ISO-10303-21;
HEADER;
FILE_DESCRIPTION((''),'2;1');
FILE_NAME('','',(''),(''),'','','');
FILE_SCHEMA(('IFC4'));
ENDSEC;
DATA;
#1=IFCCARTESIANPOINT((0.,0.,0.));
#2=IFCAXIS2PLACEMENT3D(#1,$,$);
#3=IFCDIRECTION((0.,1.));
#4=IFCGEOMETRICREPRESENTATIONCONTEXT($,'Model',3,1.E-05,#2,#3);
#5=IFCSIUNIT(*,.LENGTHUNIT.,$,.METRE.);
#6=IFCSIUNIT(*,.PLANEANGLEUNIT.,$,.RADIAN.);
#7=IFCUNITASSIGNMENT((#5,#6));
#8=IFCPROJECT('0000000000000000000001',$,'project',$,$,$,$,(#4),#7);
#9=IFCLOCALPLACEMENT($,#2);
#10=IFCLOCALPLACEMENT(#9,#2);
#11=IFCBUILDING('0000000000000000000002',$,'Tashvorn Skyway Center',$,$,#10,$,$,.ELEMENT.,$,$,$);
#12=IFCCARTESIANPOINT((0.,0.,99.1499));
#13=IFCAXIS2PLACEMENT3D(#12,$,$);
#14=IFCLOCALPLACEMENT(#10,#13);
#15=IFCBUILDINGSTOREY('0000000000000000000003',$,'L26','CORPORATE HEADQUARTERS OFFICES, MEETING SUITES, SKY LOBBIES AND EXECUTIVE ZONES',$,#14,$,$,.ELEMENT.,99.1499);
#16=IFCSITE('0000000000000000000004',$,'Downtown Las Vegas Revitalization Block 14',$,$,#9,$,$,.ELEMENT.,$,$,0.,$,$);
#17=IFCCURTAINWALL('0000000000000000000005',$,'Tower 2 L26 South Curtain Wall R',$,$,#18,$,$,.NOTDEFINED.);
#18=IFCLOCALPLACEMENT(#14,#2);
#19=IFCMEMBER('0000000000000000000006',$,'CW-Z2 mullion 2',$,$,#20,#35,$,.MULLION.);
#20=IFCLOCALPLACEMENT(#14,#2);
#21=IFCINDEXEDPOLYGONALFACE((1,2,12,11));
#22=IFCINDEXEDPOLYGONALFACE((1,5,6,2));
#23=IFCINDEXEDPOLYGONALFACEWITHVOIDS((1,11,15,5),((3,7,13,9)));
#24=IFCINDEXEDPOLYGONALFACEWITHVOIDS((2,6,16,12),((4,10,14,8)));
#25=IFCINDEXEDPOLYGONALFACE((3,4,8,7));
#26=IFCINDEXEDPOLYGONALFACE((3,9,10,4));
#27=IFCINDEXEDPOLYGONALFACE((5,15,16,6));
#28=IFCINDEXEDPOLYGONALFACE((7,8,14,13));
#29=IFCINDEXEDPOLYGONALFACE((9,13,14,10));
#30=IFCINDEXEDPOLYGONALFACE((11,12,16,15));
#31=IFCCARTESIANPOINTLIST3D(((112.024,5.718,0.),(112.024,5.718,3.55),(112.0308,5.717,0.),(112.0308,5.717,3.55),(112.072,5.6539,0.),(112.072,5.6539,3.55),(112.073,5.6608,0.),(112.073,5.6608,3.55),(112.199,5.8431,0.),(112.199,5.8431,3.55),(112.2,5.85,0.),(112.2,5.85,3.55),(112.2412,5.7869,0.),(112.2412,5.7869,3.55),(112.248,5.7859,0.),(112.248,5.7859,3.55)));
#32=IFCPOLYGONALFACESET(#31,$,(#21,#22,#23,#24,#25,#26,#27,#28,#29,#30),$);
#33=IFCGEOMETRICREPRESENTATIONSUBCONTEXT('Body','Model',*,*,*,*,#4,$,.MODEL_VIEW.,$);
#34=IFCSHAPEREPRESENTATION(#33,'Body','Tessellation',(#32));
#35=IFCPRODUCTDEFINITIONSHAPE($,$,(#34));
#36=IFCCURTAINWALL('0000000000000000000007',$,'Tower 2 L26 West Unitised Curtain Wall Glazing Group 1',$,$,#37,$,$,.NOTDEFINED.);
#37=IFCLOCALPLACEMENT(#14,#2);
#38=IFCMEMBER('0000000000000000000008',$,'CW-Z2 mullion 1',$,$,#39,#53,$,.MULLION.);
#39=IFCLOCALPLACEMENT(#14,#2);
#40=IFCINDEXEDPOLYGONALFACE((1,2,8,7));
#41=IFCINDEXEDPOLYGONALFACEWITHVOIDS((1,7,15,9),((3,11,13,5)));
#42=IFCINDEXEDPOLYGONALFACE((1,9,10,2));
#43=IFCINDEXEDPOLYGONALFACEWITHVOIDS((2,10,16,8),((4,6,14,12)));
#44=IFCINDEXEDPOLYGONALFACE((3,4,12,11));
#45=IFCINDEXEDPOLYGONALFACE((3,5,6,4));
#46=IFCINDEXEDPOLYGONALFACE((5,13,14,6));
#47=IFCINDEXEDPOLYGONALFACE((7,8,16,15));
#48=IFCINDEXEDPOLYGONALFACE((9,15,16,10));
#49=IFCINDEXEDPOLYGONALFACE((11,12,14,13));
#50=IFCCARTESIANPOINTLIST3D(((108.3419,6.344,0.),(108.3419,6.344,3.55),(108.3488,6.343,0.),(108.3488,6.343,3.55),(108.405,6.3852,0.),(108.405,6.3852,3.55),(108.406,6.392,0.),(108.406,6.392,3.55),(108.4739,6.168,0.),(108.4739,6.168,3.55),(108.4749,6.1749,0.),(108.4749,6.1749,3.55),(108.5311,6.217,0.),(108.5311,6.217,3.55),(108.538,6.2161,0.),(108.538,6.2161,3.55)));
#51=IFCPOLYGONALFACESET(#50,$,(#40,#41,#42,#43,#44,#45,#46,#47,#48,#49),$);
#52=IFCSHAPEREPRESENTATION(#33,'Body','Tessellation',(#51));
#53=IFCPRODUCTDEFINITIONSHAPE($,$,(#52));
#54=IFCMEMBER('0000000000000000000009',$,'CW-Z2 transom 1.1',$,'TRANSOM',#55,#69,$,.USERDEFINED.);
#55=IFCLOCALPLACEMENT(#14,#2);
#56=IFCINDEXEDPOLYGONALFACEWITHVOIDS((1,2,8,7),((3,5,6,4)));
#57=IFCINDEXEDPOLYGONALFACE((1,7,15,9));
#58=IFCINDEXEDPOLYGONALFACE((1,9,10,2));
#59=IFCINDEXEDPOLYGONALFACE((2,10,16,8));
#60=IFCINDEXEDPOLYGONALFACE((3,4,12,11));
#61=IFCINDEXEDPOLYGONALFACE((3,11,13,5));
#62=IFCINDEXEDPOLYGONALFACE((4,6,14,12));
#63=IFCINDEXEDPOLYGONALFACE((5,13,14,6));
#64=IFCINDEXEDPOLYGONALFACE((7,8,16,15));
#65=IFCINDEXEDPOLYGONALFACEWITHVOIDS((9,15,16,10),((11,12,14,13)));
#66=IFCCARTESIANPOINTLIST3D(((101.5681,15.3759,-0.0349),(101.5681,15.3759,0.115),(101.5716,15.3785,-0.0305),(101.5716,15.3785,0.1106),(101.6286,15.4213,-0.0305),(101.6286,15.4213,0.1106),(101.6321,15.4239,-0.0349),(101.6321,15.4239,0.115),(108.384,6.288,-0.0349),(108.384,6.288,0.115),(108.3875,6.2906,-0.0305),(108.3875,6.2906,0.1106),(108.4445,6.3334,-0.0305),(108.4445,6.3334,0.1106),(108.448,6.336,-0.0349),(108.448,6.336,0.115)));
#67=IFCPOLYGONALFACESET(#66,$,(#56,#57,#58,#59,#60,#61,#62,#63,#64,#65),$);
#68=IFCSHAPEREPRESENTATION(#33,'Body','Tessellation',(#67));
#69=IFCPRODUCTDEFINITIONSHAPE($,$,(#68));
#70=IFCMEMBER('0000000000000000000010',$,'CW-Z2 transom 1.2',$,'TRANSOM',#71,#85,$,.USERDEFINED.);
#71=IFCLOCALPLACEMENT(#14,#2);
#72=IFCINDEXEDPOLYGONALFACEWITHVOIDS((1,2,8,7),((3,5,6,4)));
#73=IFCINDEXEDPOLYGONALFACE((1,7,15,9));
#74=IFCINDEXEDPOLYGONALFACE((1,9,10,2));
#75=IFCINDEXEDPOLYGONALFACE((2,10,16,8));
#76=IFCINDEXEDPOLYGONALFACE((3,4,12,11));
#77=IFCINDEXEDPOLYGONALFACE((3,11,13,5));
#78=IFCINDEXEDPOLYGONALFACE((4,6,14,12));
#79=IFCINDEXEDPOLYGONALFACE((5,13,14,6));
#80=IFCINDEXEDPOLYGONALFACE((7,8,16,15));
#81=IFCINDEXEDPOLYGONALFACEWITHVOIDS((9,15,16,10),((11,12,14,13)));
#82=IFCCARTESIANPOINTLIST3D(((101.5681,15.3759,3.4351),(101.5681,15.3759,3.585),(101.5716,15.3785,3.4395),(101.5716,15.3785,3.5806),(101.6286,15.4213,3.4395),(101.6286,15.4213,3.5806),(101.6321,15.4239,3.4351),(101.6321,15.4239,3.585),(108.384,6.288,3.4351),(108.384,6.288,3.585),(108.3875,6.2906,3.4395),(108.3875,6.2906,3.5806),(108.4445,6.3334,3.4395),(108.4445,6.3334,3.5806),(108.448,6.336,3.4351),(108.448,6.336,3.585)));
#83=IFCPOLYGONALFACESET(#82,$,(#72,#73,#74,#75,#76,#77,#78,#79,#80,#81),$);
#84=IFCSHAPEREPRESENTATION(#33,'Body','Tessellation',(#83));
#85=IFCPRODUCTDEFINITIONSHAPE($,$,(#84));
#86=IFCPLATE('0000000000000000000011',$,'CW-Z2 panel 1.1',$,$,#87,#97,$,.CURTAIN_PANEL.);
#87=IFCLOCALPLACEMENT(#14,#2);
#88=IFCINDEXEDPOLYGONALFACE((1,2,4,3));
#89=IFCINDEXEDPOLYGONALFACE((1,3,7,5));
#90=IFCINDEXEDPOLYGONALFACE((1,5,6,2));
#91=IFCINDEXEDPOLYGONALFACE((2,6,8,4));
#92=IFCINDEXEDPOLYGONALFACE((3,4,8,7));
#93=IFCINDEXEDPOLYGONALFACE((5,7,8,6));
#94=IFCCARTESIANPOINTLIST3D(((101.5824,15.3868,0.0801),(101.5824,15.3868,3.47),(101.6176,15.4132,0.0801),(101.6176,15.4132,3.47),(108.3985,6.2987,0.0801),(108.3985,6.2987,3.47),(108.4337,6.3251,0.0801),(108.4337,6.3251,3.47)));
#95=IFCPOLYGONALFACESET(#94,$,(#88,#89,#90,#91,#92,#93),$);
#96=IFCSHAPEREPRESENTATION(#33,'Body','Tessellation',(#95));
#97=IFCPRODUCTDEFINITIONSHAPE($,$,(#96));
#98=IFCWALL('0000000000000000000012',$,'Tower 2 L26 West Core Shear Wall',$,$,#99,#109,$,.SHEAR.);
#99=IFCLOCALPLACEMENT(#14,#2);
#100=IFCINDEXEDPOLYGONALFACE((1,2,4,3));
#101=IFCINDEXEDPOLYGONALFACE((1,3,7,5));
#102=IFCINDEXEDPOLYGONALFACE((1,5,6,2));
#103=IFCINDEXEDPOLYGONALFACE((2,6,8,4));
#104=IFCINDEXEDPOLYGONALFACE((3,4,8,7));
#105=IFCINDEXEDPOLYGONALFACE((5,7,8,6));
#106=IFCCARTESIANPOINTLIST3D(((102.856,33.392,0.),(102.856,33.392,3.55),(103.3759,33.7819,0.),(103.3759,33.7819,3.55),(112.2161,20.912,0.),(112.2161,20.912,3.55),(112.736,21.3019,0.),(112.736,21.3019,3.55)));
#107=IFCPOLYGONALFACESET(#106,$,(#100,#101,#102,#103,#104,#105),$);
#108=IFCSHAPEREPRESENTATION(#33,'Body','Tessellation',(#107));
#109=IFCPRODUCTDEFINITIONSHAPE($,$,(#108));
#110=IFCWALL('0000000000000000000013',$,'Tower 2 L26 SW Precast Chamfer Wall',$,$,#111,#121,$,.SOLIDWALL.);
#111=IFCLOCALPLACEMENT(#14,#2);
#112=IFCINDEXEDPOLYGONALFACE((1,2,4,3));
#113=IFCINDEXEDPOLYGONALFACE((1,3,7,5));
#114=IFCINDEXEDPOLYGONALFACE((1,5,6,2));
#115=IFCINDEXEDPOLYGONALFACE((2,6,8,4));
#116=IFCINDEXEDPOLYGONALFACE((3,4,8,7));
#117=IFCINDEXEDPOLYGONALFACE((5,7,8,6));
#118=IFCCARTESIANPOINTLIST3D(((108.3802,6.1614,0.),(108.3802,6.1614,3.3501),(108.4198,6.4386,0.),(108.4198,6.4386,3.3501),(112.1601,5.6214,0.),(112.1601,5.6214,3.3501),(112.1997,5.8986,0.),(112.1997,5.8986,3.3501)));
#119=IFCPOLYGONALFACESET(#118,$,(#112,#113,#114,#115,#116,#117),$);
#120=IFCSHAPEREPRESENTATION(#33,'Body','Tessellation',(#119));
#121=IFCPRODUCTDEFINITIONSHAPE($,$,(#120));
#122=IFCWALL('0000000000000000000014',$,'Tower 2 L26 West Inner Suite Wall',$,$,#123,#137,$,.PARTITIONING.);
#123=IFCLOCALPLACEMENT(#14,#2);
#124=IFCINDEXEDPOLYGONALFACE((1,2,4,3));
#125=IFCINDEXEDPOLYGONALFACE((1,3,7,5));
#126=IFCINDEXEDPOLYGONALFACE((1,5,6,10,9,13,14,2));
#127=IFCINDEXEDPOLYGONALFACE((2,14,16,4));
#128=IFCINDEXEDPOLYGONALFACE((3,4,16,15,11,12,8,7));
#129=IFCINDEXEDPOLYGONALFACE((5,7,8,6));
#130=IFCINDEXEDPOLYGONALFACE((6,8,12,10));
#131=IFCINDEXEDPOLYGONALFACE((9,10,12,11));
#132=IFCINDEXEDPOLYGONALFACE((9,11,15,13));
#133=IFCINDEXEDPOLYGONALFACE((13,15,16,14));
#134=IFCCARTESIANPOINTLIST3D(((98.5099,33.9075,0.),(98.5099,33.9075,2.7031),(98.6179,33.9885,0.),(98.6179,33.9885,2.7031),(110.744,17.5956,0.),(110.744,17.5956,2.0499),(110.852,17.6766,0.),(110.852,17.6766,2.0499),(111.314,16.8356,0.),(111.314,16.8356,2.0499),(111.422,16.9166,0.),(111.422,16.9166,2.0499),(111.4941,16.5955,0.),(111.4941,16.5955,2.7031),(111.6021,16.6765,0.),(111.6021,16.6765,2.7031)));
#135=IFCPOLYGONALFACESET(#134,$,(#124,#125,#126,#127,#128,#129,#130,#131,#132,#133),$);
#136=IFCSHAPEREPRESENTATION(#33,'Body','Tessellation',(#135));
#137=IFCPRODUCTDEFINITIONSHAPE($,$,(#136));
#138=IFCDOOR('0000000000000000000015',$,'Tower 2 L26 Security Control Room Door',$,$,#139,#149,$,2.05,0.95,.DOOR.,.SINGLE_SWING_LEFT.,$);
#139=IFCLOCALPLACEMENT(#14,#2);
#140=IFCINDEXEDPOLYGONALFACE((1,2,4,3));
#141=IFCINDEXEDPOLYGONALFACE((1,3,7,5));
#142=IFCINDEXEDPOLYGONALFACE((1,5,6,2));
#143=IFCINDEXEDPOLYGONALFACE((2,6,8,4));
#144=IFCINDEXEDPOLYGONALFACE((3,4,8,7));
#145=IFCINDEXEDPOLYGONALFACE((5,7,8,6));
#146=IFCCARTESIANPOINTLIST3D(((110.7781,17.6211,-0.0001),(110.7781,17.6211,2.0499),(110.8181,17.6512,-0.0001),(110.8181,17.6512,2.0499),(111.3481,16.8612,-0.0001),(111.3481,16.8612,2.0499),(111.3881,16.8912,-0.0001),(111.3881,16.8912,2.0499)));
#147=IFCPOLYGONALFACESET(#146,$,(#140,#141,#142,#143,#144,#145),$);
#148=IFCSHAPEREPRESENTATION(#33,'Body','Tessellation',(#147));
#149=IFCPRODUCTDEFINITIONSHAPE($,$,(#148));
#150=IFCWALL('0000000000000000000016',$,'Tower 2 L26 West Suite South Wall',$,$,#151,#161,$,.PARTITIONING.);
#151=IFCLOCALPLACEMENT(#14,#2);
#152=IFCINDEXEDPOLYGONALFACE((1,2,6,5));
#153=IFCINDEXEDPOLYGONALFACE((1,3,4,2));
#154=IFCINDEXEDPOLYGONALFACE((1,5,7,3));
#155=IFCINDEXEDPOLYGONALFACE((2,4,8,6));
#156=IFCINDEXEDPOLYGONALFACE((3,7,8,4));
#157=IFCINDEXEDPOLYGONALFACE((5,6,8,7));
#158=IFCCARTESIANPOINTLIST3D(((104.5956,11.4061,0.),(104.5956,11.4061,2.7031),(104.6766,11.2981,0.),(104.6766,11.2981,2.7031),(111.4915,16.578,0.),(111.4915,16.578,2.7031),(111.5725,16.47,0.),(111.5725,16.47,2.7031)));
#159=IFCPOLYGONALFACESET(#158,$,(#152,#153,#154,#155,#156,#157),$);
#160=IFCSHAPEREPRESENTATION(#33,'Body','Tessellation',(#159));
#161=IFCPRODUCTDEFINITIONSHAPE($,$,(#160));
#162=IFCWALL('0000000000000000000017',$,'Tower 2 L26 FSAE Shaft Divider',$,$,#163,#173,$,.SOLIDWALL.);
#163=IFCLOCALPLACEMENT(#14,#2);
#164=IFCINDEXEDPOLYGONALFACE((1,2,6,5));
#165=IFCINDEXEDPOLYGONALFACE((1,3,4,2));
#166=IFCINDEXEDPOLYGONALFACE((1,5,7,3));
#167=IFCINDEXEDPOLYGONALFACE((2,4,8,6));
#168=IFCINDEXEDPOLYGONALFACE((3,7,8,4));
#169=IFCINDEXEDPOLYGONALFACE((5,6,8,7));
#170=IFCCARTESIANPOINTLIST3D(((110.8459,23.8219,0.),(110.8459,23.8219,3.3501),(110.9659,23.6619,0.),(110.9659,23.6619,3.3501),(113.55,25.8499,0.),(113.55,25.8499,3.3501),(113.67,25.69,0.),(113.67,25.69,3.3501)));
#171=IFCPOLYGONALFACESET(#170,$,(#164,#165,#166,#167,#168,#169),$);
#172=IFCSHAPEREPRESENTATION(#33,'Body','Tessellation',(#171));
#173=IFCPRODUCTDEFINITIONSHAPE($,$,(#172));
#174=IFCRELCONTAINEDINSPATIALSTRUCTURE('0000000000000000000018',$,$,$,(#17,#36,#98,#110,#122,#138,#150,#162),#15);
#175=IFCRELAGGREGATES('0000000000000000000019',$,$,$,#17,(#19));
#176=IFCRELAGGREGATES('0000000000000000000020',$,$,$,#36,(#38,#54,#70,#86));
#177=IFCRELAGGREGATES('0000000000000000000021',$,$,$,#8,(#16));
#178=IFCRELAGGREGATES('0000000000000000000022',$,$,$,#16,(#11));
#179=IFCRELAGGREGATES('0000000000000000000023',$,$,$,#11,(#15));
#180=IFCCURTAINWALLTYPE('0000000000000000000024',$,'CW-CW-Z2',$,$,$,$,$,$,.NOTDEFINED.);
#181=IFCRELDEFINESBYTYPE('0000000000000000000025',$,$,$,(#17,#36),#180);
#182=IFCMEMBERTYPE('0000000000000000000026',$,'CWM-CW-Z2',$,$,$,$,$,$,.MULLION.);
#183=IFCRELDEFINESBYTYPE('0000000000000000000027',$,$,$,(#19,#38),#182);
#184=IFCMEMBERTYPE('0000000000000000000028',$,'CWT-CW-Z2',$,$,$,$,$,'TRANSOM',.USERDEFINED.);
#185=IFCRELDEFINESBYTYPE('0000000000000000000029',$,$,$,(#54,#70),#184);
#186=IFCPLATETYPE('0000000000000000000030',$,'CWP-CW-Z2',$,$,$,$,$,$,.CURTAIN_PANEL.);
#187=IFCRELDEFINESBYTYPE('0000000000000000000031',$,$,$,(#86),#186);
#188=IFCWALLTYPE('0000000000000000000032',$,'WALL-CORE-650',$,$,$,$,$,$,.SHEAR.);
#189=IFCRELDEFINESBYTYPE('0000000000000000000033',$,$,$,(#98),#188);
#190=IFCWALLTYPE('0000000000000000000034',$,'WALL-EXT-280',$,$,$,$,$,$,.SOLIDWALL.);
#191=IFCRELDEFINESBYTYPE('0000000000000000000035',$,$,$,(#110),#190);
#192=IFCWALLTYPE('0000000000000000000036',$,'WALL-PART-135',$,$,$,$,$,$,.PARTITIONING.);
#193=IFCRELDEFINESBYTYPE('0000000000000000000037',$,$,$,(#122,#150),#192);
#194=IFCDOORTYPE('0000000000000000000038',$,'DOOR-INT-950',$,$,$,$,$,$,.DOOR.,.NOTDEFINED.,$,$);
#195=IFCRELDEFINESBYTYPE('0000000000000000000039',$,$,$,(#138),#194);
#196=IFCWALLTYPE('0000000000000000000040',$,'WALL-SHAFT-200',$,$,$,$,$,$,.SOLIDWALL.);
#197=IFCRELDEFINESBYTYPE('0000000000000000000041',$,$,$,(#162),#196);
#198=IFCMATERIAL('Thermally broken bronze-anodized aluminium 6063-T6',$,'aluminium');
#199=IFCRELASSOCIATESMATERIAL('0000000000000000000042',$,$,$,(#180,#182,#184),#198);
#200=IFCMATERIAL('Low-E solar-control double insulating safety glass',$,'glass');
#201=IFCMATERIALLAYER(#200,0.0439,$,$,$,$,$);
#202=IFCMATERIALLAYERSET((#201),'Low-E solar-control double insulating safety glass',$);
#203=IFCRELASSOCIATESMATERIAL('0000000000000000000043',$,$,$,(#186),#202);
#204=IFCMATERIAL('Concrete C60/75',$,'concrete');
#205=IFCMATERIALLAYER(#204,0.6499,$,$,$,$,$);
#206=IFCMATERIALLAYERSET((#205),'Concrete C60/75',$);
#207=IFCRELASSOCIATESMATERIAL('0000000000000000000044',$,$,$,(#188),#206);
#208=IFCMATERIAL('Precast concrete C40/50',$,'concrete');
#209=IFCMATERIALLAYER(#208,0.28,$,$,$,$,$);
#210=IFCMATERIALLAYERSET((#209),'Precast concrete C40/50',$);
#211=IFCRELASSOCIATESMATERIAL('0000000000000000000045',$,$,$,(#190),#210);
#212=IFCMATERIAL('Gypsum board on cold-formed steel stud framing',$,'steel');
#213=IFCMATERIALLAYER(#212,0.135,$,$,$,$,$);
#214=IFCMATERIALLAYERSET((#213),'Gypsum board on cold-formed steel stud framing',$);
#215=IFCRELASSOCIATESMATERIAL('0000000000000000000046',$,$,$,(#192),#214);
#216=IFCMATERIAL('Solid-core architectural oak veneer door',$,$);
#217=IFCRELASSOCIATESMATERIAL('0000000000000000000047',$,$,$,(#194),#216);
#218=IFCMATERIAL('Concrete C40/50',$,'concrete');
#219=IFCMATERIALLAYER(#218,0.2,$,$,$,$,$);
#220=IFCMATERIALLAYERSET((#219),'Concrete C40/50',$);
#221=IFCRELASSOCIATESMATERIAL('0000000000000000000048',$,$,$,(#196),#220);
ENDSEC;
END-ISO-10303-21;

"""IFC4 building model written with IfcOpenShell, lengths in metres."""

from ifc_helpers import new_model, si_unit, direction, frame, frame_2d, origin, origin_2d, place, context, subcontext, project, spatial, rectangle, hollow_rectangle, extrude, material, layer, layer_set, material_profile, profile_set, type_object, element, fill, aggregate, save


model = new_model("IFC4")

# Units and contexts
model_context = context("Model", 3, precision=1e-05, world=origin(), true_north=direction((0.0, 1.0)))
body_context = subcontext(model_context, "Body", "Model", "MODEL_VIEW")
ifc_project = project(units=[si_unit("LENGTHUNIT", "METRE"), si_unit("PLANEANGLEUNIT", "RADIAN")], contexts=[model_context])

# Site, building, storey
site_placement = place(None, origin())
site = spatial("IfcSite", under=ifc_project, at=site_placement, Name="Downtown Las Vegas Revitalization Block 14", CompositionType="ELEMENT", RefElevation=0.0)
building_placement = place(site_placement, origin())
building = spatial("IfcBuilding", under=site, at=building_placement, Name="Tashvorn Skyway Center", CompositionType="ELEMENT")
storey_placement = place(building_placement, frame((0.0, 0.0, 99.1499)))
storey = spatial("IfcBuildingStorey", under=building, at=storey_placement, Name="L26", Description="CORPORATE HEADQUARTERS OFFICES, MEETING SUITES, SKY LOBBIES AND EXECUTIVE ZONES", CompositionType="ELEMENT", Elevation=99.1499)

# Shared definitions
ifc_material_1 = material(Name="Concrete C60/75", Category="concrete")

# Curtain wall, member
ifc_material_2 = material(Name="Thermally broken bronze-anodized aluminium 6063-T6", Category="aluminium")
curtain_wall_type = type_object("IfcCurtainWallType", Name="CW-CW-Z2", PredefinedType="NOTDEFINED", material=ifc_material_2)
curtain_wall_1_placement = place(storey_placement, origin())
curtain_wall_1 = element("IfcCurtainWall", 1, at=curtain_wall_1_placement, inside=storey, type_object=curtain_wall_type, Name="Tower 2 L26 South Curtain Wall R", PredefinedType="NOTDEFINED")
ifc_material_profile_1 = material_profile(ifc_material_2, hollow_rectangle(XDim=0.0801, YDim=0.22, WallThickness=0.0049, at=origin_2d()), Name="ALU-MULL-80x220")
ifc_profile_set_1 = profile_set([ifc_material_profile_1], Name="Thermally broken bronze-anodized aluminium 6063-T6")
member_type_1 = type_object("IfcMemberType", Name="CWM-CW-Z2", PredefinedType="MULLION", material=ifc_profile_set_1)
member_1_placement = place(storey_placement, frame((112.136, 5.752, 0.0), z_axis=(0.0, 0.0, 1.0), x_axis=(0.6, -0.8, 0.0)))
member_1 = element("IfcMember", 2, at=member_1_placement, type_object=member_type_1, Name="CW-Z2 mullion 2", PredefinedType="MULLION", context=body_context, shape_type="SweptSolid", body=[
    extrude(hollow_rectangle(XDim=0.0801, YDim=0.22, WallThickness=0.0049, at=origin_2d()), origin(), (0.0, 0.0, 1.0), 3.55),
])
aggregate(curtain_wall_1, [member_1])

# Curtain wall, members, plate
curtain_wall_2_placement = place(storey_placement, origin())
curtain_wall_2 = element("IfcCurtainWall", 3, at=curtain_wall_2_placement, inside=storey, type_object=curtain_wall_type, Name="Tower 2 L26 West Unitised Curtain Wall Glazing Group 1", PredefinedType="NOTDEFINED")
member_2_placement = place(storey_placement, frame((108.4399, 6.28, 0.0), z_axis=(0.0, 0.0, 1.0), x_axis=(-0.8, -0.6, 0.0)))
member_2 = element("IfcMember", 4, at=member_2_placement, type_object=member_type_1, Name="CW-Z2 mullion 1", PredefinedType="MULLION", context=body_context, shape_type="SweptSolid", body=[
    extrude(hollow_rectangle(XDim=0.0801, YDim=0.22, WallThickness=0.0049, at=origin_2d()), origin(), (0.0, 0.0, 1.0), 3.55),
])
ifc_material_profile_2 = material_profile(ifc_material_2, hollow_rectangle(XDim=0.0801, YDim=0.1499, WallThickness=0.0044, at=origin_2d()), Name="ALU-TRAN-80x150")
ifc_profile_set_2 = profile_set([ifc_material_profile_2], Name="Thermally broken bronze-anodized aluminium 6063-T6")
member_type_2 = type_object("IfcMemberType", Name="CWT-CW-Z2", ElementType="TRANSOM", PredefinedType="USERDEFINED", material=ifc_profile_set_2)
member_3_placement = place(storey_placement, frame((108.416, 6.312, 0.04), z_axis=(-0.6, 0.8, 0.0), x_axis=(-0.8, -0.6, 0.0)))
member_3 = element("IfcMember", 5, at=member_3_placement, type_object=member_type_2, Name="CW-Z2 transom 1.1", ObjectType="TRANSOM", PredefinedType="USERDEFINED", context=body_context, shape_type="SweptSolid", body=[
    extrude(hollow_rectangle(XDim=0.0801, YDim=0.1499, WallThickness=0.0044, at=origin_2d()), origin(), (0.0, 0.0, 1.0), 11.3599),
])
member_4_placement = place(storey_placement, frame((108.416, 6.312, 3.51), z_axis=(-0.6, 0.8, 0.0), x_axis=(-0.8, -0.6, 0.0)))
member_4 = element("IfcMember", 6, at=member_4_placement, type_object=member_type_2, Name="CW-Z2 transom 1.2", ObjectType="TRANSOM", PredefinedType="USERDEFINED", context=body_context, shape_type="SweptSolid", body=[
    extrude(hollow_rectangle(XDim=0.0801, YDim=0.1499, WallThickness=0.0044, at=origin_2d()), origin(), (0.0, 0.0, 1.0), 11.3599),
])
ifc_material_3 = material(Name="Low-E solar-control double insulating safety glass", Category="glass")
ifc_layer_1 = layer(ifc_material_3, 0.0439)
ifc_layer_set_1 = layer_set([ifc_layer_1], Name="Low-E solar-control double insulating safety glass")
plate_type = type_object("IfcPlateType", Name="CWP-CW-Z2", PredefinedType="CURTAIN_PANEL", material=ifc_layer_set_1)
plate_placement = place(storey_placement, frame((105.0081, 10.856, 0.0801), z_axis=(0.0, 0.0, 1.0), x_axis=(-0.6, 0.8, 0.0)))
plate = element("IfcPlate", 7, at=plate_placement, type_object=plate_type, Name="CW-Z2 panel 1.1", PredefinedType="CURTAIN_PANEL", context=body_context, shape_type="SweptSolid", body=[
    extrude(rectangle(XDim=11.3601, YDim=0.0439, at=origin_2d()), origin(), (0.0, 0.0, 1.0), 3.3899),
])
aggregate(curtain_wall_2, [member_2, member_3, member_4, plate])

# Walls
ifc_layer_2 = layer(ifc_material_1, 0.6499)
ifc_layer_set_2 = layer_set([ifc_layer_2], Name="Concrete C60/75")
wall_type_1 = type_object("IfcWallType", Name="WALL-CORE-650", PredefinedType="SHEAR", material=ifc_layer_set_2)
wall_1_placement = place(storey_placement, frame((112.4761, 21.1069, 0.0), z_axis=(0.0, 0.0, 1.0), x_axis=(-0.600005, 0.799996, 0.0)))
element("IfcWall", 8, at=wall_1_placement, inside=storey, type_object=wall_type_1, Name="Tower 2 L26 West Core Shear Wall", PredefinedType="SHEAR", context=body_context, shape_type="SweptSolid", body=[
    extrude(rectangle(XDim=15.6001, YDim=0.6499, at=frame_2d((7.8, 0.0))), origin(), (0.0, 0.0, 1.0), 3.55),
])
ifc_material_4 = material(Name="Precast concrete C40/50", Category="concrete")
ifc_layer_3 = layer(ifc_material_4, 0.28)
ifc_layer_set_3 = layer_set([ifc_layer_3], Name="Precast concrete C40/50")
wall_type_2 = type_object("IfcWallType", Name="WALL-EXT-280", PredefinedType="SOLIDWALL", material=ifc_layer_set_3)
wall_2_placement = place(storey_placement, frame((112.1799, 5.76, 0.0), z_axis=(0.0, 0.0, 1.0), x_axis=(-0.989948, 0.14143, 0.0)))
element("IfcWall", 9, at=wall_2_placement, inside=storey, type_object=wall_type_2, Name="Tower 2 L26 SW Precast Chamfer Wall", PredefinedType="SOLIDWALL", context=body_context, shape_type="SweptSolid", body=[
    extrude(rectangle(XDim=3.8184, YDim=0.28, at=frame_2d((1.9092, 0.0))), origin(), (0.0, 0.0, 1.0), 3.3501),
])

# Wall, opening, door
ifc_material_5 = material(Name="Gypsum board on cold-formed steel stud framing", Category="steel")
ifc_layer_4 = layer(ifc_material_5, 0.135)
ifc_layer_set_4 = layer_set([ifc_layer_4], Name="Gypsum board on cold-formed steel stud framing")
wall_type_3 = type_object("IfcWallType", Name="WALL-PART-135", PredefinedType="PARTITIONING", material=ifc_layer_set_4)
wall_3_placement = place(storey_placement, frame((111.5481, 16.636, 0.0), z_axis=(0.0, 0.0, 1.0), x_axis=(-0.600004, 0.799997, 0.0)))
wall_3 = element("IfcWall", 10, at=wall_3_placement, inside=storey, type_object=wall_type_3, Name="Tower 2 L26 West Inner Suite Wall", PredefinedType="PARTITIONING", context=body_context, shape_type="SweptSolid", body=[
    extrude(rectangle(XDim=21.6401, YDim=0.135, at=frame_2d((10.8201, 0.0))), origin(), (0.0, 0.0, 1.0), 2.7031),
])
opening_1_placement = place(wall_3_placement, frame((0.3, 0.0, 0.0)))
opening_1 = element("IfcOpeningElement", 11, at=opening_1_placement, cuts=wall_3, PredefinedType="OPENING", context=body_context, shape_type="SweptSolid", body=[
    extrude(rectangle(XDim=0.95, YDim=2.05, at=frame_2d((0.4751, 1.0249))), frame((0.0, 0.0774, 0.0), z_axis=(0.0, -1.0, 0.0), x_axis=(1.0, 0.0, 0.0)), (0.0, 0.0, 1.0), 0.155),
])
ifc_material_6 = material(Name="Solid-core architectural oak veneer door")
door_type_1 = type_object("IfcDoorType", Name="DOOR-INT-950", OperationType="NOTDEFINED", PredefinedType="DOOR", material=ifc_material_6)
door_1_placement = place(opening_1_placement, origin())
door_1 = element("IfcDoor", 12, at=door_1_placement, inside=storey, type_object=door_type_1, Name="Tower 2 L26 Security Control Room Door", OperationType="SINGLE_SWING_LEFT", OverallHeight=2.05, OverallWidth=0.95, PredefinedType="DOOR", context=body_context, shape_type="SweptSolid", body=[
    extrude(rectangle(XDim=0.95, YDim=2.05, at=frame_2d((0.4751, 1.0249))), frame((0.0, 0.0249, 0.0), z_axis=(0.0, -1.0, 0.0), x_axis=(1.0, 0.0, 0.0)), (0.0, 0.0, 1.0), 0.05),
])
fill(opening_1, door_1)

# Walls
wall_4_placement = place(storey_placement, frame((104.636, 11.3521, 0.0), z_axis=(0.0, 0.0, 1.0), x_axis=(0.800007, 0.599991, 0.0)))
element("IfcWall", 13, at=wall_4_placement, inside=storey, type_object=wall_type_3, Name="Tower 2 L26 West Suite South Wall", PredefinedType="PARTITIONING", context=body_context, shape_type="SweptSolid", body=[
    extrude(rectangle(XDim=8.6199, YDim=0.135, at=frame_2d((4.3101, 0.0))), origin(), (0.0, 0.0, 1.0), 2.7031),
])
ifc_material_7 = material(Name="Concrete C40/50", Category="concrete")
ifc_layer_5 = layer(ifc_material_7, 0.2)
ifc_layer_set_5 = layer_set([ifc_layer_5], Name="Concrete C40/50")
wall_type_4 = type_object("IfcWallType", Name="WALL-SHAFT-200", PredefinedType="SOLIDWALL", material=ifc_layer_set_5)
for number, where, z_axis, x_axis, name in (
    (14, (110.906, 23.7419, 0.0), (0.0, 0.0, 1.0), (0.8, 0.6, 0.0), "Tower 2 L26 FSAE Shaft Divider"),
):
    element("IfcWall", number, at=place(storey_placement, frame(where, z_axis=z_axis, x_axis=x_axis)), inside=storey, type_object=wall_type_4, Name=name, PredefinedType="SOLIDWALL", context=body_context, shape_type="SweptSolid", body=[
        extrude(rectangle(XDim=3.3801, YDim=0.2, at=frame_2d((1.6899, 0.0))), origin(), (0.0, 0.0, 1.0), 3.3501),
    ])

save(model, "model.ifc")
